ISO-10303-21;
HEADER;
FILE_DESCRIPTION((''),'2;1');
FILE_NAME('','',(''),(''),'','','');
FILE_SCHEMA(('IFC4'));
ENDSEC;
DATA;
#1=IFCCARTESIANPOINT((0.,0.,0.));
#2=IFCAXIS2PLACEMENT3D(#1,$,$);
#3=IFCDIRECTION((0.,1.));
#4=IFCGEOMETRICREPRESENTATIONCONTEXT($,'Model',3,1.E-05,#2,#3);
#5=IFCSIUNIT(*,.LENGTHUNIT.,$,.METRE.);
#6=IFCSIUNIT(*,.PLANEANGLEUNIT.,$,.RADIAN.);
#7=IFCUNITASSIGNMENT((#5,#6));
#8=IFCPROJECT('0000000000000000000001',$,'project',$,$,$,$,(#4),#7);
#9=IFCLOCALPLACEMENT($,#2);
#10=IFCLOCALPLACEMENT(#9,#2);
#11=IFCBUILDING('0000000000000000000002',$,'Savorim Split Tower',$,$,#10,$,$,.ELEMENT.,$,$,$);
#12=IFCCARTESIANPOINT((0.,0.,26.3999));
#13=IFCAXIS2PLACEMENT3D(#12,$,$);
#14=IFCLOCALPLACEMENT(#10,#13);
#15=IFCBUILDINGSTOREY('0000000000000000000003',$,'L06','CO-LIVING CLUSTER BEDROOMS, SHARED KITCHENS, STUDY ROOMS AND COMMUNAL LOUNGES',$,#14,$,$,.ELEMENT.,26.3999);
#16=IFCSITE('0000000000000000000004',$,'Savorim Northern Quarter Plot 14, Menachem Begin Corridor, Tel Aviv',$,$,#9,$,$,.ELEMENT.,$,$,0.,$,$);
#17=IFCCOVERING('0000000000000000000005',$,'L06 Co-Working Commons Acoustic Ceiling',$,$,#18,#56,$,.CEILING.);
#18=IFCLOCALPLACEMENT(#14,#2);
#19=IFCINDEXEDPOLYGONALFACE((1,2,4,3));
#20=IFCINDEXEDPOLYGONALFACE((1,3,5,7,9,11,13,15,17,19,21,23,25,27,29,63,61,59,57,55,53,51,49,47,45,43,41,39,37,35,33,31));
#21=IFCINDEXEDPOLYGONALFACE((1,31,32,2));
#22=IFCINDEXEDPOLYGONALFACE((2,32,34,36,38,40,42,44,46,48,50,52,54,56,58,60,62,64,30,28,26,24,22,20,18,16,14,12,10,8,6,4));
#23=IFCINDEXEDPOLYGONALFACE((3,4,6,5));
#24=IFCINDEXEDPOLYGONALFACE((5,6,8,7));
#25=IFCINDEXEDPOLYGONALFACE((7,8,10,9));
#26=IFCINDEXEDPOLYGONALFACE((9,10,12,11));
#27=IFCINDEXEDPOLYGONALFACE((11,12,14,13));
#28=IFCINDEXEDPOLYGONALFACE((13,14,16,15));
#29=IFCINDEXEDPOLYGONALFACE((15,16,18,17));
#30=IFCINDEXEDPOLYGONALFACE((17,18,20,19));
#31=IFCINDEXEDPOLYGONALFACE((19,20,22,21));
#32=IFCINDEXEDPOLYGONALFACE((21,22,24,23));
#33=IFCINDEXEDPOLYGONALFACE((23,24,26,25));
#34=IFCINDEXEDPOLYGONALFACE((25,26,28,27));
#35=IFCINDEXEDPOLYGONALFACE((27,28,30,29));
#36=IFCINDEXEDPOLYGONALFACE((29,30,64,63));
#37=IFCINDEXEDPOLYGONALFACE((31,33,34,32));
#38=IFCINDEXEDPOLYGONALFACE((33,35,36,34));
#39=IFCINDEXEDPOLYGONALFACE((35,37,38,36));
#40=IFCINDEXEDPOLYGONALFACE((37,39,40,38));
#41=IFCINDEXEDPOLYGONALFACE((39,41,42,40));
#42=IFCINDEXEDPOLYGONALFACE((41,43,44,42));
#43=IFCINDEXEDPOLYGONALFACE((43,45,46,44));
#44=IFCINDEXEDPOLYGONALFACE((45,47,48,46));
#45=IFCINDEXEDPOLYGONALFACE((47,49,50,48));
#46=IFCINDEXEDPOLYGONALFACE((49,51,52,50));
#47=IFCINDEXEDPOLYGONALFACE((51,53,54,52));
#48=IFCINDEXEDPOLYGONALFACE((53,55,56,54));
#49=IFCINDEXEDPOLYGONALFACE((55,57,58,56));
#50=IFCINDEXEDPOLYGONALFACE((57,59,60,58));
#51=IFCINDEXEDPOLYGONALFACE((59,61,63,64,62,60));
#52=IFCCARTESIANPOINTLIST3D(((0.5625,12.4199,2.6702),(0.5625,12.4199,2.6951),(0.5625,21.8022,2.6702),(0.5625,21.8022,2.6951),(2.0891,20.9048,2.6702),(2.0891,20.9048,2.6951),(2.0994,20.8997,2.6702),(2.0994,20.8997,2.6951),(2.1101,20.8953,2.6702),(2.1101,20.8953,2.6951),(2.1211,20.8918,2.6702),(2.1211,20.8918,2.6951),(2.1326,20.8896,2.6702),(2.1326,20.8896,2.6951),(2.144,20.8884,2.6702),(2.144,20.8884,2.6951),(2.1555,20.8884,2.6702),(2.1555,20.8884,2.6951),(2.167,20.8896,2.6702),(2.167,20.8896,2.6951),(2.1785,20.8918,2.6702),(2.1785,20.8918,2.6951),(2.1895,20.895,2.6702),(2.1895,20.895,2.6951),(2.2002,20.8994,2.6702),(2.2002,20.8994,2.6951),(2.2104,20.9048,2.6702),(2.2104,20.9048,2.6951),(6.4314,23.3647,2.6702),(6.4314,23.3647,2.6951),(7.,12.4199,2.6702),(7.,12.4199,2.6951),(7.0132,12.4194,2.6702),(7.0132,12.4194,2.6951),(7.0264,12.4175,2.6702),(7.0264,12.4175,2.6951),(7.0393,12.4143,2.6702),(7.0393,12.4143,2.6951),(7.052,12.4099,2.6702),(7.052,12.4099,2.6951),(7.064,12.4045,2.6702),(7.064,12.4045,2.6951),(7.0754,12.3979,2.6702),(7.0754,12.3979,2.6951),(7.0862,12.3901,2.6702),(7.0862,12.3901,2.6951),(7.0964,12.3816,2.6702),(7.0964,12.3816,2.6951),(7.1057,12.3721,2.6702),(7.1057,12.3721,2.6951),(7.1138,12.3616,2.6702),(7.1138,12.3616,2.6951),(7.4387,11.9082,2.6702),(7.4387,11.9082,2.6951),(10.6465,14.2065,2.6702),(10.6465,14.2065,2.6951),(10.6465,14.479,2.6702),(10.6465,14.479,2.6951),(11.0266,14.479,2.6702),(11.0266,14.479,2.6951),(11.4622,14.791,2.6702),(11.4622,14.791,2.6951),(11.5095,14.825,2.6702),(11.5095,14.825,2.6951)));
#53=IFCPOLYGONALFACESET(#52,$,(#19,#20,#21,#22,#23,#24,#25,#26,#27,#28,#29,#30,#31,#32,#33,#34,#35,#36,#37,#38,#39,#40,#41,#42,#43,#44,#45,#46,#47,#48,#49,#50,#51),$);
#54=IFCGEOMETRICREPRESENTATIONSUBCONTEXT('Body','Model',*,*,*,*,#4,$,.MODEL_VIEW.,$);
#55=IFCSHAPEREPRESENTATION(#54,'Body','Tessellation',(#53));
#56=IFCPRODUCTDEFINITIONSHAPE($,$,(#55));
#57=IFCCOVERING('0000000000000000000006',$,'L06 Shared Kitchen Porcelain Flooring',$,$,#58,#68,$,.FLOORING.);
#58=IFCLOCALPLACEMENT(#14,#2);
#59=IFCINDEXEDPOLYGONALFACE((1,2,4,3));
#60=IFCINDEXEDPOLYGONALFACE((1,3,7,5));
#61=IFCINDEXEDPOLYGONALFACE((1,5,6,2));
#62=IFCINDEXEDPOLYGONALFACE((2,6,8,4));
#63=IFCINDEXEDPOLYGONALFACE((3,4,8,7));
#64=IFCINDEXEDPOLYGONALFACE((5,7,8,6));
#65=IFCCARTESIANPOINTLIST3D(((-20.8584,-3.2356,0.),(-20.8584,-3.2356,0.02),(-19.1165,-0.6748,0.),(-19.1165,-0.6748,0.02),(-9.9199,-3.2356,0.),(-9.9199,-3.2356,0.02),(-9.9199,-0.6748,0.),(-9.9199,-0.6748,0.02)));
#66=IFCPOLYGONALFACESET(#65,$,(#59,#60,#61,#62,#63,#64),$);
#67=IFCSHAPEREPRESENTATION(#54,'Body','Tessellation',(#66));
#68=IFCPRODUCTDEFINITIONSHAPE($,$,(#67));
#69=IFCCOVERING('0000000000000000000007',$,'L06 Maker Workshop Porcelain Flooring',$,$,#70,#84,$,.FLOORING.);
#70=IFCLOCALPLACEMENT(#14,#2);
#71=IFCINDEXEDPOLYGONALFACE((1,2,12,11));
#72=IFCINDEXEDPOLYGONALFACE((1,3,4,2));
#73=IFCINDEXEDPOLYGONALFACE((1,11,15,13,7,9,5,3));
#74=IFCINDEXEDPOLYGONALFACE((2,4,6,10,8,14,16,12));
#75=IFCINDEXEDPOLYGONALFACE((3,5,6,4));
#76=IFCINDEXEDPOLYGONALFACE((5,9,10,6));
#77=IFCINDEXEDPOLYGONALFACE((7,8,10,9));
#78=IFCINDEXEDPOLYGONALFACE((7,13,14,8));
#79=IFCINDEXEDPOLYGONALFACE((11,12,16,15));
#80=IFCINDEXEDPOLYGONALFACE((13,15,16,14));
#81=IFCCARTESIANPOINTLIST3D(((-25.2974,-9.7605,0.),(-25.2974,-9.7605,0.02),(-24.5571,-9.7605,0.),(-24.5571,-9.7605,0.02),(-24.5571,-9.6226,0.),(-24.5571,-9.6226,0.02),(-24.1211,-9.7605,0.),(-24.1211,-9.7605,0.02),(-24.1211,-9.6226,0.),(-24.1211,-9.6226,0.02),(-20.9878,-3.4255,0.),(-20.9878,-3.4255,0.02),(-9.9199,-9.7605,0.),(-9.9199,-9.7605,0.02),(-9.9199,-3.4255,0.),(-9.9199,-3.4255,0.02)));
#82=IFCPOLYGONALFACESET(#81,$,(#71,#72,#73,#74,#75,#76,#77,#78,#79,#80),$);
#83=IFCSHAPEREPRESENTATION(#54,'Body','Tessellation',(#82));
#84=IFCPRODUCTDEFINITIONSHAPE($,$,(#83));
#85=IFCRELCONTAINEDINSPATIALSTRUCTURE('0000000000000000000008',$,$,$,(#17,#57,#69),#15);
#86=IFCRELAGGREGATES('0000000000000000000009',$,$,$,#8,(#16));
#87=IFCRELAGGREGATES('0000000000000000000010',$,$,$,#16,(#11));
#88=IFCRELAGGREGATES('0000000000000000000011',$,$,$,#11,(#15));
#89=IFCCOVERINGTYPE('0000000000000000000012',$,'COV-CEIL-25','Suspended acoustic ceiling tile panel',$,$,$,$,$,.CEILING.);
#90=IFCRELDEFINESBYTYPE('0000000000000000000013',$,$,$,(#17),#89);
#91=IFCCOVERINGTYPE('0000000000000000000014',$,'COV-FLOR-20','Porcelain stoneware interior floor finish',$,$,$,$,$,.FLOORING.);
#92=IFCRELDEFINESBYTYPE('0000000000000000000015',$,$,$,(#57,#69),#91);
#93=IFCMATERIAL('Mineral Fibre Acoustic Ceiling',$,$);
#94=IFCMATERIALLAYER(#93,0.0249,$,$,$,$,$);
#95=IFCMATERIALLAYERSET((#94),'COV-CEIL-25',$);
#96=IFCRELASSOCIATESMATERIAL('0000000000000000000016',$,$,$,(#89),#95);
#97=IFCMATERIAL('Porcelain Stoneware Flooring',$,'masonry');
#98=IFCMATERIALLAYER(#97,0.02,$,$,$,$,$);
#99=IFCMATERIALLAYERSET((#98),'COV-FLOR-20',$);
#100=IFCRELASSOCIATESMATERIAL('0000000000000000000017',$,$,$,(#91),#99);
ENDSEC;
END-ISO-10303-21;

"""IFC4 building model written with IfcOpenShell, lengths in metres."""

from ifc_helpers import new_model, si_unit, direction, frame, origin, place, context, subcontext, project, spatial, polyline, outline, extrude, material, layer, layer_set, type_object, element, save


model = new_model("IFC4")

# Units and contexts
model_context = context("Model", 3, precision=1e-05, world=origin(), true_north=direction((0.0, 1.0)))
body_context = subcontext(model_context, "Body", "Model", "MODEL_VIEW")
ifc_project = project(units=[si_unit("LENGTHUNIT", "METRE"), si_unit("PLANEANGLEUNIT", "RADIAN")], contexts=[model_context])

# Site, building, storey
site_placement = place(None, origin())
site = spatial("IfcSite", under=ifc_project, at=site_placement, Name="Savorim Northern Quarter Plot 14, Menachem Begin Corridor, Tel Aviv", CompositionType="ELEMENT", RefElevation=0.0)
building_placement = place(site_placement, origin())
building = spatial("IfcBuilding", under=site, at=building_placement, Name="Savorim Split Tower", CompositionType="ELEMENT")
storey_placement = place(building_placement, frame((0.0, 0.0, 26.3999)))
storey = spatial("IfcBuildingStorey", under=building, at=storey_placement, Name="L06", Description="CO-LIVING CLUSTER BEDROOMS, SHARED KITCHENS, STUDY ROOMS AND COMMUNAL LOUNGES", CompositionType="ELEMENT", Elevation=26.3999)

# Coverings
ifc_material_1 = material(Name="Mineral Fibre Acoustic Ceiling")
ifc_layer_1 = layer(ifc_material_1, 0.0249)
ifc_layer_set_1 = layer_set([ifc_layer_1], Name="COV-CEIL-25")
covering_type_1 = type_object("IfcCoveringType", Name="COV-CEIL-25", Description="Suspended acoustic ceiling tile panel", PredefinedType="CEILING", material=ifc_layer_set_1)
covering_1_placement = place(storey_placement, frame((0.0, 0.0, 2.6702)))
element("IfcCovering", 1, at=covering_1_placement, inside=storey, type_object=covering_type_1, Name="L06 Co-Working Commons Acoustic Ceiling", PredefinedType="CEILING", context=body_context, shape_type="SweptSolid", body=[
    extrude(outline(polyline([(2.1101, 20.8953), (2.0994, 20.8997), (2.0891, 20.9048), (0.5625, 21.8022), (0.5625, 12.4199), (7.0, 12.4199), (7.0132, 12.4194), (7.0264, 12.4175), (7.0393, 12.4143), (7.052, 12.4099), (7.064, 12.4045), (7.0754, 12.3979), (7.0862, 12.3901), (7.0964, 12.3816), (7.1057, 12.3721), (7.1138, 12.3616), (7.4387, 11.9082), (10.6465, 14.2065), (10.6465, 14.479), (11.0266, 14.479), (11.4622, 14.791), (11.5095, 14.825), (6.4314, 23.3647), (2.2104, 20.9048), (2.2002, 20.8994), (2.1895, 20.895), (2.1785, 20.8918), (2.167, 20.8896), (2.1555, 20.8884), (2.144, 20.8884), (2.1326, 20.8896), (2.1211, 20.8918), (2.1101, 20.8953)])), origin(), (0.0, 0.0, 1.0), 0.0249),
])
ifc_material_2 = material(Name="Porcelain Stoneware Flooring", Category="masonry")
ifc_layer_2 = layer(ifc_material_2, 0.02)
ifc_layer_set_2 = layer_set([ifc_layer_2], Name="COV-FLOR-20")
covering_type_2 = type_object("IfcCoveringType", Name="COV-FLOR-20", Description="Porcelain stoneware interior floor finish", PredefinedType="FLOORING", material=ifc_layer_set_2)
covering_2_placement = place(storey_placement, origin())
element("IfcCovering", 2, at=covering_2_placement, inside=storey, type_object=covering_type_2, Name="L06 Shared Kitchen Porcelain Flooring", PredefinedType="FLOORING", context=body_context, shape_type="SweptSolid", body=[
    extrude(outline(polyline([(-19.1165, -0.6748), (-20.8584, -3.2356), (-9.9199, -3.2356), (-9.9199, -0.6748), (-19.1165, -0.6748)])), origin(), (0.0, 0.0, 1.0), 0.02),
])
covering_3_placement = place(storey_placement, origin())
element("IfcCovering", 3, at=covering_3_placement, inside=storey, type_object=covering_type_2, Name="L06 Maker Workshop Porcelain Flooring", PredefinedType="FLOORING", context=body_context, shape_type="SweptSolid", body=[
    extrude(outline(polyline([(-24.1211, -9.6226), (-24.1211, -9.7605), (-9.9199, -9.7605), (-9.9199, -3.4255), (-20.9878, -3.4255), (-25.2974, -9.7605), (-24.5571, -9.7605), (-24.5571, -9.6226), (-24.1211, -9.6226)])), origin(), (0.0, 0.0, 1.0), 0.02),
])

save(model, "model.ifc")
